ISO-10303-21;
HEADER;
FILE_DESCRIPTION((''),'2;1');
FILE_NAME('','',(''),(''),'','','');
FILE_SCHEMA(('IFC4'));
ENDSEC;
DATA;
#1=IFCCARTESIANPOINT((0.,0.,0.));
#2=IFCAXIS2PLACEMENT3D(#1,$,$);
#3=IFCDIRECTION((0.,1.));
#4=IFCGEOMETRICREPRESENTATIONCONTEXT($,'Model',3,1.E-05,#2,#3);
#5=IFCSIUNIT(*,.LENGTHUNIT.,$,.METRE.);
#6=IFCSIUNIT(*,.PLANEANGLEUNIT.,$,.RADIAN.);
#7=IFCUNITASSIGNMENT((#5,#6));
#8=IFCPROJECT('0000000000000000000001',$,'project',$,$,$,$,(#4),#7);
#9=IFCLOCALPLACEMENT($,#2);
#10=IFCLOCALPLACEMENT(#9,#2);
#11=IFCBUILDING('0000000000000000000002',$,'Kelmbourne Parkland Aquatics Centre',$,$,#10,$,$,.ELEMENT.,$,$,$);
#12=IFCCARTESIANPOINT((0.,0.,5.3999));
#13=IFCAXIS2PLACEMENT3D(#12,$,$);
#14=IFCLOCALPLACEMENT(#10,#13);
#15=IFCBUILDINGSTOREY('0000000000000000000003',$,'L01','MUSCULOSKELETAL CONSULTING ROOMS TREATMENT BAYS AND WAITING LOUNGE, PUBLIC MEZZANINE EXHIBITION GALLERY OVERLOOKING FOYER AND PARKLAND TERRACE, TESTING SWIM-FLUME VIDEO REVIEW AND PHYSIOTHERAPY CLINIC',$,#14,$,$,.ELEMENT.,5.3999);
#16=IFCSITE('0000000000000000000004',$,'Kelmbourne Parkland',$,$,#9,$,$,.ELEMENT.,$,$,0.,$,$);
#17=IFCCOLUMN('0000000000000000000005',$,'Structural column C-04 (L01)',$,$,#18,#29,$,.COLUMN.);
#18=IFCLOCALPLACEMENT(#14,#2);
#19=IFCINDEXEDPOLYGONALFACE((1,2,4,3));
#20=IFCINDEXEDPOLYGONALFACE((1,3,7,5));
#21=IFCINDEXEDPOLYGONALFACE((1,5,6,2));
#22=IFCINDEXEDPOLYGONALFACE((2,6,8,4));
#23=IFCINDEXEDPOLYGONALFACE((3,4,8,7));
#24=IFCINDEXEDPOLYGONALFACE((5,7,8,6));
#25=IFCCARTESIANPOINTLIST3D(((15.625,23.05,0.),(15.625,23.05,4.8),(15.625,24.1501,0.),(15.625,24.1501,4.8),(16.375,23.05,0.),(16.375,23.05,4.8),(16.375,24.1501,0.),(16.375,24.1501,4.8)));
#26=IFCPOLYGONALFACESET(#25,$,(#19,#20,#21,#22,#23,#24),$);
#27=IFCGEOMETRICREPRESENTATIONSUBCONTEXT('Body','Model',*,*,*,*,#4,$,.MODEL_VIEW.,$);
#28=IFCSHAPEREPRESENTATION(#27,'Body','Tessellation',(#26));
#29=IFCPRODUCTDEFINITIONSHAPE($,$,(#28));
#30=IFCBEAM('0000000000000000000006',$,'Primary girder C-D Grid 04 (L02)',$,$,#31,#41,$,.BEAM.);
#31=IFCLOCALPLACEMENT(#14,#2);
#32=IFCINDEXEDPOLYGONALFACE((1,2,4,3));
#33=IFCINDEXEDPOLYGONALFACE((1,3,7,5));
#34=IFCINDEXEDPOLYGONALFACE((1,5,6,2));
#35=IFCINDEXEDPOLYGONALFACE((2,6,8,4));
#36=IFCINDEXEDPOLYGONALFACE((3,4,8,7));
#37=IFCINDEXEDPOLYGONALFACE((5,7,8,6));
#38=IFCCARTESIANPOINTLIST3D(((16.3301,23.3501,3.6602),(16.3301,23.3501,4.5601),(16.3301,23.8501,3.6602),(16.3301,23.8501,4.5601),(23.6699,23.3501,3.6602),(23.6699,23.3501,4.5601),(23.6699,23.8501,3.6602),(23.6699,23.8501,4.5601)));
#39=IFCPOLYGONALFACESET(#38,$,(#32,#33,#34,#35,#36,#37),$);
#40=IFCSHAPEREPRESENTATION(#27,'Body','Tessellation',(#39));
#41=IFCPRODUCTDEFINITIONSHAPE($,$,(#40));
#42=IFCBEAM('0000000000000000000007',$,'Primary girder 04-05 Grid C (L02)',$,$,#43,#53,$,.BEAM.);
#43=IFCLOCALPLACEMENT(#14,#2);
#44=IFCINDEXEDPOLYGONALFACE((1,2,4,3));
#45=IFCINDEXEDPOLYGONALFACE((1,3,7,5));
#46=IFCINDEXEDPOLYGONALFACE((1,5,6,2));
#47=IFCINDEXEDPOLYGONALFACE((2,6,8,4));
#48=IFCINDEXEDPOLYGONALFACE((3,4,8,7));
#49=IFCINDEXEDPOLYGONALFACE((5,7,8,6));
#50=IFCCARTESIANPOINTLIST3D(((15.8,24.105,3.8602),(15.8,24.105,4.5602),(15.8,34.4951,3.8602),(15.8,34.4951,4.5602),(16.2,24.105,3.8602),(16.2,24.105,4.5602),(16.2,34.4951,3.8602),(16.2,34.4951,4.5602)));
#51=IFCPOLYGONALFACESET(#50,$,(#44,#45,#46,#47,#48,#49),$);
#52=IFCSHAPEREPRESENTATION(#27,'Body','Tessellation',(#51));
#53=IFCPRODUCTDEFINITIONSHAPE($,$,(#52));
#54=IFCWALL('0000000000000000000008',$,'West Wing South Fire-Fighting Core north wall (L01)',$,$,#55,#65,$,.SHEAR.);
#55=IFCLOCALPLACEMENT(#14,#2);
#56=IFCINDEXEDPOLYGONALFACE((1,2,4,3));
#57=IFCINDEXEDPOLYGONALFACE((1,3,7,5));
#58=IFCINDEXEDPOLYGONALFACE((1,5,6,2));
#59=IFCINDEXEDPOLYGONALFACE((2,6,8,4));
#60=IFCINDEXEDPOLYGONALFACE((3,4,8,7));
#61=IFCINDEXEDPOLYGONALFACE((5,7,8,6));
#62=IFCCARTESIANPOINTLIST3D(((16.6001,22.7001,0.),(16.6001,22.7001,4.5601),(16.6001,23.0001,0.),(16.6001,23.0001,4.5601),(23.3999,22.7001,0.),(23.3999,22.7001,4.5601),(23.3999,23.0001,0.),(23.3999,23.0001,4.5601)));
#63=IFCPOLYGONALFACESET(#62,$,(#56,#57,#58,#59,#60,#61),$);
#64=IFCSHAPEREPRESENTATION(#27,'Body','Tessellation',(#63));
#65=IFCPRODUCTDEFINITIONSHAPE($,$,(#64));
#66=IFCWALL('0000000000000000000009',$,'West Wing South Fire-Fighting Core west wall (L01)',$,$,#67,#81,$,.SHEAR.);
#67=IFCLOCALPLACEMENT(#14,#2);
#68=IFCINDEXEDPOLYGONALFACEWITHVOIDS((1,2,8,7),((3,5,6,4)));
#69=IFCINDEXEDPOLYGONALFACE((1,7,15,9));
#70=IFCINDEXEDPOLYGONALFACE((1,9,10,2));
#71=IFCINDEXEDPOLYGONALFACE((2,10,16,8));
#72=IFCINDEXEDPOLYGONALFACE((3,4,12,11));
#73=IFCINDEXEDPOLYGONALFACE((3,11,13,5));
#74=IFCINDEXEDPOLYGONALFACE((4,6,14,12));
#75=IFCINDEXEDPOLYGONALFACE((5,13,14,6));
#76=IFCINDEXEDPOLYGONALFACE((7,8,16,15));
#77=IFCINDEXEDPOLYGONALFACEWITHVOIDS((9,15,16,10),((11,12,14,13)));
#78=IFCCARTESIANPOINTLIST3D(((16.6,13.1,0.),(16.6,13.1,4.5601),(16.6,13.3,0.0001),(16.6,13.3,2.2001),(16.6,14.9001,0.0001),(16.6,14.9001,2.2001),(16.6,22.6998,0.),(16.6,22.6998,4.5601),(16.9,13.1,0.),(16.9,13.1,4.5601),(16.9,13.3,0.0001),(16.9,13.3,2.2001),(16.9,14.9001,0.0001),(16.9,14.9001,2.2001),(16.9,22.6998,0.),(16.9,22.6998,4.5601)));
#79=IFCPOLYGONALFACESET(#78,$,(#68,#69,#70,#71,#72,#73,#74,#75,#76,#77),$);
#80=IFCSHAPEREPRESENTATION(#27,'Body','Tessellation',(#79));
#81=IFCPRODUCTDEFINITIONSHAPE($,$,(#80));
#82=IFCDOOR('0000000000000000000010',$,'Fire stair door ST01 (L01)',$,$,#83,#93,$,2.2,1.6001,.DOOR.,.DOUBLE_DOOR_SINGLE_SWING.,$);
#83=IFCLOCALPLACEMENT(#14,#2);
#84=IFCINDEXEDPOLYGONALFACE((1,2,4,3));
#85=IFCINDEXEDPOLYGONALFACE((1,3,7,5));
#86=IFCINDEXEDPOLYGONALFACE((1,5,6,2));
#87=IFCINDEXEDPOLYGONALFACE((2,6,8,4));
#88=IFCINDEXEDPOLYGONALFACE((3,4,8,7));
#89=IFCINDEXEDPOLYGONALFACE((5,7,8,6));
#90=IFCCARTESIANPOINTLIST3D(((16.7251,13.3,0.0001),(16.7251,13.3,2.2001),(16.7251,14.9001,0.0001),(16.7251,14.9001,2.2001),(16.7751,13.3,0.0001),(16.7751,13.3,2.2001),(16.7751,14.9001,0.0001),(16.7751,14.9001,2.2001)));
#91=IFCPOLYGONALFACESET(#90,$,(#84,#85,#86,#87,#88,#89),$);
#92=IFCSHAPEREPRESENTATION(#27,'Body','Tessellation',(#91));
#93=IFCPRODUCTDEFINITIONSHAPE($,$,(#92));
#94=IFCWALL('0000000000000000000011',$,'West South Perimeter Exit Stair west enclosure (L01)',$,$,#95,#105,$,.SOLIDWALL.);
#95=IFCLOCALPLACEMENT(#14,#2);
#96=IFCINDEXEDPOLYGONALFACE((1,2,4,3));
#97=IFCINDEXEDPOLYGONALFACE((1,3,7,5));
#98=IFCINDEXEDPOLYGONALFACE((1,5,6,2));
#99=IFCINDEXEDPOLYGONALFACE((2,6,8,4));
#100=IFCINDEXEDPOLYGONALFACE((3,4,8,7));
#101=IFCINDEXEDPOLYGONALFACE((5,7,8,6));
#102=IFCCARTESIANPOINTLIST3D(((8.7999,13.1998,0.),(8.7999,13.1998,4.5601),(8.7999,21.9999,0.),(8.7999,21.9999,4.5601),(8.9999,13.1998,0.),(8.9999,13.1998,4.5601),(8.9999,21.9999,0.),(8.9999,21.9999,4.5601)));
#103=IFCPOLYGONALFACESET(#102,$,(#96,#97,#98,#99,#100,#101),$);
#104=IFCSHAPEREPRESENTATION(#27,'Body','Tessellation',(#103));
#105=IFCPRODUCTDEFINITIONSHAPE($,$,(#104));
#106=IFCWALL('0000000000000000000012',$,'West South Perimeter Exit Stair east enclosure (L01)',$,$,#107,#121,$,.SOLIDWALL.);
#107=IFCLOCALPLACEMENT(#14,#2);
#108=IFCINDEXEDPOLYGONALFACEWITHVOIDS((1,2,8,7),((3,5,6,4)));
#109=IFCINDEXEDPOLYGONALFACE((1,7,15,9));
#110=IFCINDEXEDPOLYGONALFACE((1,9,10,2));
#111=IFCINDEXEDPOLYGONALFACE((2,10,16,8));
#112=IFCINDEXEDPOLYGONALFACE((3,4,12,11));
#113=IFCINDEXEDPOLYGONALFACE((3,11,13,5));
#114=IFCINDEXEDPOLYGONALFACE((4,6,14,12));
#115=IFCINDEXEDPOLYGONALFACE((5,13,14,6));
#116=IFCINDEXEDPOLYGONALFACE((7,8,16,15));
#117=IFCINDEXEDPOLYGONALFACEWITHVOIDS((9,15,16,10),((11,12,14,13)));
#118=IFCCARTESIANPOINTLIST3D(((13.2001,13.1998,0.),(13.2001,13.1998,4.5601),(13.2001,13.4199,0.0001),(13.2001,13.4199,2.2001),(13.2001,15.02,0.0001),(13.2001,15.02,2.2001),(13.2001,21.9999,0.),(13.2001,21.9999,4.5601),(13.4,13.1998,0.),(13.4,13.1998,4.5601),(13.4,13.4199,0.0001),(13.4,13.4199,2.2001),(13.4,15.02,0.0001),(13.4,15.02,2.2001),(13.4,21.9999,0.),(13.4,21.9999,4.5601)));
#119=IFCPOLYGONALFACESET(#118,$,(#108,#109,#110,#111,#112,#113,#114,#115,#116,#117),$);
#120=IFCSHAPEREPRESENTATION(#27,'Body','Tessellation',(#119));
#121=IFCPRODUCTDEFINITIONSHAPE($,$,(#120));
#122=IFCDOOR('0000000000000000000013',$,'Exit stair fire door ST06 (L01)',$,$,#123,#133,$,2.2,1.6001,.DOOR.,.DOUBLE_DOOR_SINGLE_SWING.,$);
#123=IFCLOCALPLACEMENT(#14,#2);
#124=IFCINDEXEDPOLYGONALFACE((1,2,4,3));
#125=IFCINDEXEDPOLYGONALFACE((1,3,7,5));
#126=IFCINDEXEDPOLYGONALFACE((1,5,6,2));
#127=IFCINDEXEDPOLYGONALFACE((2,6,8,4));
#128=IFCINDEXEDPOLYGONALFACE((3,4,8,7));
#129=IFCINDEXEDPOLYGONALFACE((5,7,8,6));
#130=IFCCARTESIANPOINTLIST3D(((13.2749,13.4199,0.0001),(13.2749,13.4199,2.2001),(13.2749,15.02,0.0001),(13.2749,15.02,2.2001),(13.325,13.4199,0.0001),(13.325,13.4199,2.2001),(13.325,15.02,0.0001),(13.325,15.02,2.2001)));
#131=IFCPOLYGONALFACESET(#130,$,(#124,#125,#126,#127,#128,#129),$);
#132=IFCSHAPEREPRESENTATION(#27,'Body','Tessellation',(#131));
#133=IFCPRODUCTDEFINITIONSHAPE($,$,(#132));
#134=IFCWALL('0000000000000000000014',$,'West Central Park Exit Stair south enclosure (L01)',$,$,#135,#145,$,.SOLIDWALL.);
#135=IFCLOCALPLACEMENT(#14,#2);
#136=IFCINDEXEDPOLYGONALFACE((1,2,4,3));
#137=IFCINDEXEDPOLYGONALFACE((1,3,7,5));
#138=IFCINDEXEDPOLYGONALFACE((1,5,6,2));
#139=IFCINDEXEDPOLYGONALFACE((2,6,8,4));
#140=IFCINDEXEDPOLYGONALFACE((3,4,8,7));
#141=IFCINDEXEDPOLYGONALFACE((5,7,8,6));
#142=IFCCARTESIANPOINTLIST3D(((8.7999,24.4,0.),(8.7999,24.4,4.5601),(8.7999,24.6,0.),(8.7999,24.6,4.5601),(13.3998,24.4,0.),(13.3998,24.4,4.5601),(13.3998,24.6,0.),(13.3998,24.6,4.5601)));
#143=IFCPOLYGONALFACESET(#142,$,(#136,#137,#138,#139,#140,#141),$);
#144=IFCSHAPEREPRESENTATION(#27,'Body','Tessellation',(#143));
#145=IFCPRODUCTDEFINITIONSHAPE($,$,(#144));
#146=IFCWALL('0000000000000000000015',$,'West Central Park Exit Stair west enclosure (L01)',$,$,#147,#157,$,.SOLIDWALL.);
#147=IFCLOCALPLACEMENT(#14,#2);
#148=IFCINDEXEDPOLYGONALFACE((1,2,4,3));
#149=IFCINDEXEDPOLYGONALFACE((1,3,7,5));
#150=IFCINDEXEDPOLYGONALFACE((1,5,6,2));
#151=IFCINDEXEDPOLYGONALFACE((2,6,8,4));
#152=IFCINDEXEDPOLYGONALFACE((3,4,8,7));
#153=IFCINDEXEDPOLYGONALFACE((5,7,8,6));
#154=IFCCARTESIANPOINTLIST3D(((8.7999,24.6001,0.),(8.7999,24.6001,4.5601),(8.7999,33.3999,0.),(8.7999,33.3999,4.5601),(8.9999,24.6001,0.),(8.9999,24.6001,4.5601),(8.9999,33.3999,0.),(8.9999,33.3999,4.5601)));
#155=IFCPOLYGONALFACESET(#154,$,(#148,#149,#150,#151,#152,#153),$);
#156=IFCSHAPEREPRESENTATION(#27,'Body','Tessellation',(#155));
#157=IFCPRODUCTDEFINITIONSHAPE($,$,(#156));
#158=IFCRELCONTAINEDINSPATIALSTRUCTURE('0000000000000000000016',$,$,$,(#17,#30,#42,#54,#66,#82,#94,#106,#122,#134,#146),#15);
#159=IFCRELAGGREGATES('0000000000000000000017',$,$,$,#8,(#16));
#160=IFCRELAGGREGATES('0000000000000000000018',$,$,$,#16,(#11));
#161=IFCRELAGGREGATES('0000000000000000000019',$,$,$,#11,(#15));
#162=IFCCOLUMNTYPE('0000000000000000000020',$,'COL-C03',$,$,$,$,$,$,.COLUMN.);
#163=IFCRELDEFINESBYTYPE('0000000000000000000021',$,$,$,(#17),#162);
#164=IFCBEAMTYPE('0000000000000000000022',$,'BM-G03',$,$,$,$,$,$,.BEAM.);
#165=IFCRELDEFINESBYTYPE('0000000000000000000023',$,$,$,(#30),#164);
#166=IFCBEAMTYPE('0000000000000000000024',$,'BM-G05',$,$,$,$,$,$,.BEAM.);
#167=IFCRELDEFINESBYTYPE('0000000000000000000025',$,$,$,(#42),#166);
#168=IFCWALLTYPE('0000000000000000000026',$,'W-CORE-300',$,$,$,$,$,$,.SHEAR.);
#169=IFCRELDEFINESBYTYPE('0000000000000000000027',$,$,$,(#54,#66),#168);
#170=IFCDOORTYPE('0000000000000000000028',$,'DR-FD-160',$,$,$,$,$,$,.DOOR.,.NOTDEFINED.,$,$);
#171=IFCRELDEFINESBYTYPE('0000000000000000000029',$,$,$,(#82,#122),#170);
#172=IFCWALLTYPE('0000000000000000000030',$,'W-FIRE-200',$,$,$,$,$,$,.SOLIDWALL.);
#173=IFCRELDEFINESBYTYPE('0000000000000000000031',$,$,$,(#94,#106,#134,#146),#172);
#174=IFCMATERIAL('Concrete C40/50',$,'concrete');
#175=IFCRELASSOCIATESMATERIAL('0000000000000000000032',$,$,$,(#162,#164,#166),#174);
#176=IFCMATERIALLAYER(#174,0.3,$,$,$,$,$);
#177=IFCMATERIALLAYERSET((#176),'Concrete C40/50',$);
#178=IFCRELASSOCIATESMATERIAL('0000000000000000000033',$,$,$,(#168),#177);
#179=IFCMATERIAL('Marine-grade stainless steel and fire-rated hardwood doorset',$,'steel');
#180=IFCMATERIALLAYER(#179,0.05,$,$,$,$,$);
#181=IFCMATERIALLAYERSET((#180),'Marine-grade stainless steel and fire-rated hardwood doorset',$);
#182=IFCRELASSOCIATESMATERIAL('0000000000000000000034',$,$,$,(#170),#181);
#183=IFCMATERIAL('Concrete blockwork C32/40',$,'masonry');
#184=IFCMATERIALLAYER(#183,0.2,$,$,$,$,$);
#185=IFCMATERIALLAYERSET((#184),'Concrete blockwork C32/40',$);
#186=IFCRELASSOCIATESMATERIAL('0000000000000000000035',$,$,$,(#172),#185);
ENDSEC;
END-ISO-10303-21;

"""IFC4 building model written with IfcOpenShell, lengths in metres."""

from ifc_helpers import new_model, si_unit, direction, frame, frame_2d, origin, origin_2d, place, context, subcontext, project, spatial, rectangle, extrude, material, layer, layer_set, material_profile, profile_set, type_object, element, fill, save


model = new_model("IFC4")

# Units and contexts
model_context = context("Model", 3, precision=1e-05, world=origin(), true_north=direction((0.0, 1.0)))
body_context = subcontext(model_context, "Body", "Model", "MODEL_VIEW")
ifc_project = project(units=[si_unit("LENGTHUNIT", "METRE"), si_unit("PLANEANGLEUNIT", "RADIAN")], contexts=[model_context])

# Site, building, storey
site_placement = place(None, origin())
site = spatial("IfcSite", under=ifc_project, at=site_placement, Name="Kelmbourne Parkland", CompositionType="ELEMENT", RefElevation=0.0)
building_placement = place(site_placement, origin())
building = spatial("IfcBuilding", under=site, at=building_placement, Name="Kelmbourne Parkland Aquatics Centre", CompositionType="ELEMENT")
storey_placement = place(building_placement, frame((0.0, 0.0, 5.3999)))
storey = spatial("IfcBuildingStorey", under=building, at=storey_placement, Name="L01", Description="MUSCULOSKELETAL CONSULTING ROOMS TREATMENT BAYS AND WAITING LOUNGE, PUBLIC MEZZANINE EXHIBITION GALLERY OVERLOOKING FOYER AND PARKLAND TERRACE, TESTING SWIM-FLUME VIDEO REVIEW AND PHYSIOTHERAPY CLINIC", CompositionType="ELEMENT", Elevation=5.3999)

# Column
ifc_material_1 = material(Name="Concrete C40/50", Category="concrete")
ifc_material_profile_1 = material_profile(ifc_material_1, rectangle(XDim=0.75, YDim=1.1001, at=origin_2d()), Name="RC 750x1100")
ifc_profile_set_1 = profile_set([ifc_material_profile_1], Name="Concrete C40/50")
column_type = type_object("IfcColumnType", Name="COL-C03", PredefinedType="COLUMN", material=ifc_profile_set_1)
column_placement = place(storey_placement, frame((16.0, 23.6001, 0.0), z_axis=(0.0, 0.0, 1.0), x_axis=(1.0, 0.0, 0.0)))
element("IfcColumn", 1, at=column_placement, inside=storey, type_object=column_type, Name="Structural column C-04 (L01)", PredefinedType="COLUMN", context=body_context, shape_type="SweptSolid", body=[
    extrude(rectangle(XDim=0.75, YDim=1.1001, at=origin_2d()), origin(), (0.0, 0.0, 1.0), 4.8),
])

# Beams
ifc_material_profile_2 = material_profile(ifc_material_1, rectangle(XDim=0.5, YDim=0.8999, at=origin_2d()), Name="RC 500x900")
ifc_profile_set_2 = profile_set([ifc_material_profile_2], Name="Concrete C40/50")
beam_type_1 = type_object("IfcBeamType", Name="BM-G03", PredefinedType="BEAM", material=ifc_profile_set_2)
beam_1_placement = place(storey_placement, frame((16.3301, 23.6001, 4.1101), z_axis=(1.0, 0.0, 0.0), x_axis=(0.0, 1.0, 0.0)))
element("IfcBeam", 2, at=beam_1_placement, inside=storey, type_object=beam_type_1, Name="Primary girder C-D Grid 04 (L02)", PredefinedType="BEAM", context=body_context, shape_type="SweptSolid", body=[
    extrude(rectangle(XDim=0.5, YDim=0.8999, at=origin_2d()), origin(), (0.0, 0.0, 1.0), 7.3398),
])
ifc_material_profile_3 = material_profile(ifc_material_1, rectangle(XDim=0.3999, YDim=0.7, at=origin_2d()), Name="RC 400x700")
ifc_profile_set_3 = profile_set([ifc_material_profile_3], Name="Concrete C40/50")
beam_type_2 = type_object("IfcBeamType", Name="BM-G05", PredefinedType="BEAM", material=ifc_profile_set_3)
beam_2_placement = place(storey_placement, frame((16.0, 24.105, 4.2102), z_axis=(0.0, 1.0, 0.0), x_axis=(-1.0, 0.0, 0.0)))
element("IfcBeam", 3, at=beam_2_placement, inside=storey, type_object=beam_type_2, Name="Primary girder 04-05 Grid C (L02)", PredefinedType="BEAM", context=body_context, shape_type="SweptSolid", body=[
    extrude(rectangle(XDim=0.3999, YDim=0.7, at=origin_2d()), origin(), (0.0, 0.0, 1.0), 10.3901),
])

# Wall
ifc_layer_1 = layer(ifc_material_1, 0.3)
ifc_layer_set_1 = layer_set([ifc_layer_1], Name="Concrete C40/50")
wall_type_1 = type_object("IfcWallType", Name="W-CORE-300", PredefinedType="SHEAR", material=ifc_layer_set_1)
wall_1_placement = place(storey_placement, frame((16.6001, 22.8501, 0.0), z_axis=(0.0, 0.0, 1.0), x_axis=(1.0, 0.0, 0.0)))
element("IfcWall", 4, at=wall_1_placement, inside=storey, type_object=wall_type_1, Name="West Wing South Fire-Fighting Core north wall (L01)", PredefinedType="SHEAR", context=body_context, shape_type="SweptSolid", body=[
    extrude(rectangle(XDim=6.7998, YDim=0.3, at=frame_2d((3.3999, 0.0))), origin(), (0.0, 0.0, 1.0), 4.5601),
])

# Wall, opening, door
wall_2_placement = place(storey_placement, frame((16.75, 13.1001, 0.0), z_axis=(0.0, 0.0, 1.0), x_axis=(0.0, 1.0, 0.0)))
wall_2 = element("IfcWall", 5, at=wall_2_placement, inside=storey, type_object=wall_type_1, Name="West Wing South Fire-Fighting Core west wall (L01)", PredefinedType="SHEAR", context=body_context, shape_type="SweptSolid", body=[
    extrude(rectangle(XDim=9.5999, YDim=0.3, at=frame_2d((4.7998, 0.0))), origin(), (0.0, 0.0, 1.0), 4.5601),
])
opening_1_placement = place(wall_2_placement, frame((0.2, 0.0, 0.0)))
opening_1 = element("IfcOpeningElement", 6, at=opening_1_placement, cuts=wall_2, PredefinedType="OPENING", context=body_context, shape_type="SweptSolid", body=[
    extrude(rectangle(XDim=1.6001, YDim=2.2, at=frame_2d((0.8, 1.1001))), frame((0.0, 0.1621, 0.0), z_axis=(0.0, -1.0, 0.0), x_axis=(1.0, 0.0, 0.0)), (0.0, 0.0, 1.0), 0.324),
])
ifc_material_2 = material(Name="Marine-grade stainless steel and fire-rated hardwood doorset", Category="steel")
ifc_layer_2 = layer(ifc_material_2, 0.05)
ifc_layer_set_2 = layer_set([ifc_layer_2], Name="Marine-grade stainless steel and fire-rated hardwood doorset")
door_type = type_object("IfcDoorType", Name="DR-FD-160", OperationType="NOTDEFINED", PredefinedType="DOOR", material=ifc_layer_set_2)
door_1_placement = place(opening_1_placement, origin())
door_1 = element("IfcDoor", 7, at=door_1_placement, inside=storey, type_object=door_type, Name="Fire stair door ST01 (L01)", OperationType="DOUBLE_DOOR_SINGLE_SWING", OverallHeight=2.2, OverallWidth=1.6001, PredefinedType="DOOR", context=body_context, shape_type="SweptSolid", body=[
    extrude(rectangle(XDim=1.6001, YDim=2.2, at=frame_2d((0.8, 1.1001))), frame((0.0, 0.0249, 0.0), z_axis=(0.0, -1.0, 0.0), x_axis=(1.0, 0.0, 0.0)), (0.0, 0.0, 1.0), 0.05),
])
fill(opening_1, door_1)

# Wall
ifc_material_3 = material(Name="Concrete blockwork C32/40", Category="masonry")
ifc_layer_3 = layer(ifc_material_3, 0.2)
ifc_layer_set_3 = layer_set([ifc_layer_3], Name="Concrete blockwork C32/40")
wall_type_2 = type_object("IfcWallType", Name="W-FIRE-200", PredefinedType="SOLIDWALL", material=ifc_layer_set_3)
wall_3_placement = place(storey_placement, frame((8.8999, 13.2, 0.0), z_axis=(0.0, 0.0, 1.0), x_axis=(0.0, 1.0, 0.0)))
element("IfcWall", 8, at=wall_3_placement, inside=storey, type_object=wall_type_2, Name="West South Perimeter Exit Stair west enclosure (L01)", PredefinedType="SOLIDWALL", context=body_context, shape_type="SweptSolid", body=[
    extrude(rectangle(XDim=8.8, YDim=0.2, at=frame_2d((4.3999, 0.0))), origin(), (0.0, 0.0, 1.0), 4.5601),
])

# Wall, opening, door
wall_4_placement = place(storey_placement, frame((13.3, 13.2, 0.0), z_axis=(0.0, 0.0, 1.0), x_axis=(0.0, 1.0, 0.0)))
wall_4 = element("IfcWall", 9, at=wall_4_placement, inside=storey, type_object=wall_type_2, Name="West South Perimeter Exit Stair east enclosure (L01)", PredefinedType="SOLIDWALL", context=body_context, shape_type="SweptSolid", body=[
    extrude(rectangle(XDim=8.8, YDim=0.2, at=frame_2d((4.3999, 0.0))), origin(), (0.0, 0.0, 1.0), 4.5601),
])
opening_2_placement = place(wall_4_placement, frame((0.22, 0.0, 0.0)))
opening_2 = element("IfcOpeningElement", 10, at=opening_2_placement, cuts=wall_4, PredefinedType="OPENING", context=body_context, shape_type="SweptSolid", body=[
    extrude(rectangle(XDim=1.6001, YDim=2.2, at=frame_2d((0.8, 1.1001))), frame((0.0, 0.1118, 0.0), z_axis=(0.0, -1.0, 0.0), x_axis=(1.0, 0.0, 0.0)), (0.0, 0.0, 1.0), 0.2239),
])
door_2_placement = place(opening_2_placement, frame((1.6001, 0.0, 0.0), z_axis=(0.0, 0.0, 1.0), x_axis=(-1.0, 0.0, 0.0)))
door_2 = element("IfcDoor", 11, at=door_2_placement, inside=storey, type_object=door_type, Name="Exit stair fire door ST06 (L01)", OperationType="DOUBLE_DOOR_SINGLE_SWING", OverallHeight=2.2, OverallWidth=1.6001, PredefinedType="DOOR", context=body_context, shape_type="SweptSolid", body=[
    extrude(rectangle(XDim=1.6001, YDim=2.2, at=frame_2d((0.8, 1.1001))), frame((0.0, 0.0249, 0.0), z_axis=(0.0, -1.0, 0.0), x_axis=(1.0, 0.0, 0.0)), (0.0, 0.0, 1.0), 0.05),
])
fill(opening_2, door_2)

# Walls
wall_5_placement = place(storey_placement, frame((8.8, 24.5, 0.0), z_axis=(0.0, 0.0, 1.0), x_axis=(1.0, 0.0, 0.0)))
element("IfcWall", 12, at=wall_5_placement, inside=storey, type_object=wall_type_2, Name="West Central Park Exit Stair south enclosure (L01)", PredefinedType="SOLIDWALL", context=body_context, shape_type="SweptSolid", body=[
    extrude(rectangle(XDim=4.5999, YDim=0.2, at=frame_2d((2.2998, 0.0))), origin(), (0.0, 0.0, 1.0), 4.5601),
])
wall_6_placement = place(storey_placement, frame((8.8999, 24.6001, 0.0), z_axis=(0.0, 0.0, 1.0), x_axis=(0.0, 1.0, 0.0)))
element("IfcWall", 13, at=wall_6_placement, inside=storey, type_object=wall_type_2, Name="West Central Park Exit Stair west enclosure (L01)", PredefinedType="SOLIDWALL", context=body_context, shape_type="SweptSolid", body=[
    extrude(rectangle(XDim=8.7998, YDim=0.2, at=frame_2d((4.3999, 0.0))), origin(), (0.0, 0.0, 1.0), 4.5601),
])

save(model, "model.ifc")
